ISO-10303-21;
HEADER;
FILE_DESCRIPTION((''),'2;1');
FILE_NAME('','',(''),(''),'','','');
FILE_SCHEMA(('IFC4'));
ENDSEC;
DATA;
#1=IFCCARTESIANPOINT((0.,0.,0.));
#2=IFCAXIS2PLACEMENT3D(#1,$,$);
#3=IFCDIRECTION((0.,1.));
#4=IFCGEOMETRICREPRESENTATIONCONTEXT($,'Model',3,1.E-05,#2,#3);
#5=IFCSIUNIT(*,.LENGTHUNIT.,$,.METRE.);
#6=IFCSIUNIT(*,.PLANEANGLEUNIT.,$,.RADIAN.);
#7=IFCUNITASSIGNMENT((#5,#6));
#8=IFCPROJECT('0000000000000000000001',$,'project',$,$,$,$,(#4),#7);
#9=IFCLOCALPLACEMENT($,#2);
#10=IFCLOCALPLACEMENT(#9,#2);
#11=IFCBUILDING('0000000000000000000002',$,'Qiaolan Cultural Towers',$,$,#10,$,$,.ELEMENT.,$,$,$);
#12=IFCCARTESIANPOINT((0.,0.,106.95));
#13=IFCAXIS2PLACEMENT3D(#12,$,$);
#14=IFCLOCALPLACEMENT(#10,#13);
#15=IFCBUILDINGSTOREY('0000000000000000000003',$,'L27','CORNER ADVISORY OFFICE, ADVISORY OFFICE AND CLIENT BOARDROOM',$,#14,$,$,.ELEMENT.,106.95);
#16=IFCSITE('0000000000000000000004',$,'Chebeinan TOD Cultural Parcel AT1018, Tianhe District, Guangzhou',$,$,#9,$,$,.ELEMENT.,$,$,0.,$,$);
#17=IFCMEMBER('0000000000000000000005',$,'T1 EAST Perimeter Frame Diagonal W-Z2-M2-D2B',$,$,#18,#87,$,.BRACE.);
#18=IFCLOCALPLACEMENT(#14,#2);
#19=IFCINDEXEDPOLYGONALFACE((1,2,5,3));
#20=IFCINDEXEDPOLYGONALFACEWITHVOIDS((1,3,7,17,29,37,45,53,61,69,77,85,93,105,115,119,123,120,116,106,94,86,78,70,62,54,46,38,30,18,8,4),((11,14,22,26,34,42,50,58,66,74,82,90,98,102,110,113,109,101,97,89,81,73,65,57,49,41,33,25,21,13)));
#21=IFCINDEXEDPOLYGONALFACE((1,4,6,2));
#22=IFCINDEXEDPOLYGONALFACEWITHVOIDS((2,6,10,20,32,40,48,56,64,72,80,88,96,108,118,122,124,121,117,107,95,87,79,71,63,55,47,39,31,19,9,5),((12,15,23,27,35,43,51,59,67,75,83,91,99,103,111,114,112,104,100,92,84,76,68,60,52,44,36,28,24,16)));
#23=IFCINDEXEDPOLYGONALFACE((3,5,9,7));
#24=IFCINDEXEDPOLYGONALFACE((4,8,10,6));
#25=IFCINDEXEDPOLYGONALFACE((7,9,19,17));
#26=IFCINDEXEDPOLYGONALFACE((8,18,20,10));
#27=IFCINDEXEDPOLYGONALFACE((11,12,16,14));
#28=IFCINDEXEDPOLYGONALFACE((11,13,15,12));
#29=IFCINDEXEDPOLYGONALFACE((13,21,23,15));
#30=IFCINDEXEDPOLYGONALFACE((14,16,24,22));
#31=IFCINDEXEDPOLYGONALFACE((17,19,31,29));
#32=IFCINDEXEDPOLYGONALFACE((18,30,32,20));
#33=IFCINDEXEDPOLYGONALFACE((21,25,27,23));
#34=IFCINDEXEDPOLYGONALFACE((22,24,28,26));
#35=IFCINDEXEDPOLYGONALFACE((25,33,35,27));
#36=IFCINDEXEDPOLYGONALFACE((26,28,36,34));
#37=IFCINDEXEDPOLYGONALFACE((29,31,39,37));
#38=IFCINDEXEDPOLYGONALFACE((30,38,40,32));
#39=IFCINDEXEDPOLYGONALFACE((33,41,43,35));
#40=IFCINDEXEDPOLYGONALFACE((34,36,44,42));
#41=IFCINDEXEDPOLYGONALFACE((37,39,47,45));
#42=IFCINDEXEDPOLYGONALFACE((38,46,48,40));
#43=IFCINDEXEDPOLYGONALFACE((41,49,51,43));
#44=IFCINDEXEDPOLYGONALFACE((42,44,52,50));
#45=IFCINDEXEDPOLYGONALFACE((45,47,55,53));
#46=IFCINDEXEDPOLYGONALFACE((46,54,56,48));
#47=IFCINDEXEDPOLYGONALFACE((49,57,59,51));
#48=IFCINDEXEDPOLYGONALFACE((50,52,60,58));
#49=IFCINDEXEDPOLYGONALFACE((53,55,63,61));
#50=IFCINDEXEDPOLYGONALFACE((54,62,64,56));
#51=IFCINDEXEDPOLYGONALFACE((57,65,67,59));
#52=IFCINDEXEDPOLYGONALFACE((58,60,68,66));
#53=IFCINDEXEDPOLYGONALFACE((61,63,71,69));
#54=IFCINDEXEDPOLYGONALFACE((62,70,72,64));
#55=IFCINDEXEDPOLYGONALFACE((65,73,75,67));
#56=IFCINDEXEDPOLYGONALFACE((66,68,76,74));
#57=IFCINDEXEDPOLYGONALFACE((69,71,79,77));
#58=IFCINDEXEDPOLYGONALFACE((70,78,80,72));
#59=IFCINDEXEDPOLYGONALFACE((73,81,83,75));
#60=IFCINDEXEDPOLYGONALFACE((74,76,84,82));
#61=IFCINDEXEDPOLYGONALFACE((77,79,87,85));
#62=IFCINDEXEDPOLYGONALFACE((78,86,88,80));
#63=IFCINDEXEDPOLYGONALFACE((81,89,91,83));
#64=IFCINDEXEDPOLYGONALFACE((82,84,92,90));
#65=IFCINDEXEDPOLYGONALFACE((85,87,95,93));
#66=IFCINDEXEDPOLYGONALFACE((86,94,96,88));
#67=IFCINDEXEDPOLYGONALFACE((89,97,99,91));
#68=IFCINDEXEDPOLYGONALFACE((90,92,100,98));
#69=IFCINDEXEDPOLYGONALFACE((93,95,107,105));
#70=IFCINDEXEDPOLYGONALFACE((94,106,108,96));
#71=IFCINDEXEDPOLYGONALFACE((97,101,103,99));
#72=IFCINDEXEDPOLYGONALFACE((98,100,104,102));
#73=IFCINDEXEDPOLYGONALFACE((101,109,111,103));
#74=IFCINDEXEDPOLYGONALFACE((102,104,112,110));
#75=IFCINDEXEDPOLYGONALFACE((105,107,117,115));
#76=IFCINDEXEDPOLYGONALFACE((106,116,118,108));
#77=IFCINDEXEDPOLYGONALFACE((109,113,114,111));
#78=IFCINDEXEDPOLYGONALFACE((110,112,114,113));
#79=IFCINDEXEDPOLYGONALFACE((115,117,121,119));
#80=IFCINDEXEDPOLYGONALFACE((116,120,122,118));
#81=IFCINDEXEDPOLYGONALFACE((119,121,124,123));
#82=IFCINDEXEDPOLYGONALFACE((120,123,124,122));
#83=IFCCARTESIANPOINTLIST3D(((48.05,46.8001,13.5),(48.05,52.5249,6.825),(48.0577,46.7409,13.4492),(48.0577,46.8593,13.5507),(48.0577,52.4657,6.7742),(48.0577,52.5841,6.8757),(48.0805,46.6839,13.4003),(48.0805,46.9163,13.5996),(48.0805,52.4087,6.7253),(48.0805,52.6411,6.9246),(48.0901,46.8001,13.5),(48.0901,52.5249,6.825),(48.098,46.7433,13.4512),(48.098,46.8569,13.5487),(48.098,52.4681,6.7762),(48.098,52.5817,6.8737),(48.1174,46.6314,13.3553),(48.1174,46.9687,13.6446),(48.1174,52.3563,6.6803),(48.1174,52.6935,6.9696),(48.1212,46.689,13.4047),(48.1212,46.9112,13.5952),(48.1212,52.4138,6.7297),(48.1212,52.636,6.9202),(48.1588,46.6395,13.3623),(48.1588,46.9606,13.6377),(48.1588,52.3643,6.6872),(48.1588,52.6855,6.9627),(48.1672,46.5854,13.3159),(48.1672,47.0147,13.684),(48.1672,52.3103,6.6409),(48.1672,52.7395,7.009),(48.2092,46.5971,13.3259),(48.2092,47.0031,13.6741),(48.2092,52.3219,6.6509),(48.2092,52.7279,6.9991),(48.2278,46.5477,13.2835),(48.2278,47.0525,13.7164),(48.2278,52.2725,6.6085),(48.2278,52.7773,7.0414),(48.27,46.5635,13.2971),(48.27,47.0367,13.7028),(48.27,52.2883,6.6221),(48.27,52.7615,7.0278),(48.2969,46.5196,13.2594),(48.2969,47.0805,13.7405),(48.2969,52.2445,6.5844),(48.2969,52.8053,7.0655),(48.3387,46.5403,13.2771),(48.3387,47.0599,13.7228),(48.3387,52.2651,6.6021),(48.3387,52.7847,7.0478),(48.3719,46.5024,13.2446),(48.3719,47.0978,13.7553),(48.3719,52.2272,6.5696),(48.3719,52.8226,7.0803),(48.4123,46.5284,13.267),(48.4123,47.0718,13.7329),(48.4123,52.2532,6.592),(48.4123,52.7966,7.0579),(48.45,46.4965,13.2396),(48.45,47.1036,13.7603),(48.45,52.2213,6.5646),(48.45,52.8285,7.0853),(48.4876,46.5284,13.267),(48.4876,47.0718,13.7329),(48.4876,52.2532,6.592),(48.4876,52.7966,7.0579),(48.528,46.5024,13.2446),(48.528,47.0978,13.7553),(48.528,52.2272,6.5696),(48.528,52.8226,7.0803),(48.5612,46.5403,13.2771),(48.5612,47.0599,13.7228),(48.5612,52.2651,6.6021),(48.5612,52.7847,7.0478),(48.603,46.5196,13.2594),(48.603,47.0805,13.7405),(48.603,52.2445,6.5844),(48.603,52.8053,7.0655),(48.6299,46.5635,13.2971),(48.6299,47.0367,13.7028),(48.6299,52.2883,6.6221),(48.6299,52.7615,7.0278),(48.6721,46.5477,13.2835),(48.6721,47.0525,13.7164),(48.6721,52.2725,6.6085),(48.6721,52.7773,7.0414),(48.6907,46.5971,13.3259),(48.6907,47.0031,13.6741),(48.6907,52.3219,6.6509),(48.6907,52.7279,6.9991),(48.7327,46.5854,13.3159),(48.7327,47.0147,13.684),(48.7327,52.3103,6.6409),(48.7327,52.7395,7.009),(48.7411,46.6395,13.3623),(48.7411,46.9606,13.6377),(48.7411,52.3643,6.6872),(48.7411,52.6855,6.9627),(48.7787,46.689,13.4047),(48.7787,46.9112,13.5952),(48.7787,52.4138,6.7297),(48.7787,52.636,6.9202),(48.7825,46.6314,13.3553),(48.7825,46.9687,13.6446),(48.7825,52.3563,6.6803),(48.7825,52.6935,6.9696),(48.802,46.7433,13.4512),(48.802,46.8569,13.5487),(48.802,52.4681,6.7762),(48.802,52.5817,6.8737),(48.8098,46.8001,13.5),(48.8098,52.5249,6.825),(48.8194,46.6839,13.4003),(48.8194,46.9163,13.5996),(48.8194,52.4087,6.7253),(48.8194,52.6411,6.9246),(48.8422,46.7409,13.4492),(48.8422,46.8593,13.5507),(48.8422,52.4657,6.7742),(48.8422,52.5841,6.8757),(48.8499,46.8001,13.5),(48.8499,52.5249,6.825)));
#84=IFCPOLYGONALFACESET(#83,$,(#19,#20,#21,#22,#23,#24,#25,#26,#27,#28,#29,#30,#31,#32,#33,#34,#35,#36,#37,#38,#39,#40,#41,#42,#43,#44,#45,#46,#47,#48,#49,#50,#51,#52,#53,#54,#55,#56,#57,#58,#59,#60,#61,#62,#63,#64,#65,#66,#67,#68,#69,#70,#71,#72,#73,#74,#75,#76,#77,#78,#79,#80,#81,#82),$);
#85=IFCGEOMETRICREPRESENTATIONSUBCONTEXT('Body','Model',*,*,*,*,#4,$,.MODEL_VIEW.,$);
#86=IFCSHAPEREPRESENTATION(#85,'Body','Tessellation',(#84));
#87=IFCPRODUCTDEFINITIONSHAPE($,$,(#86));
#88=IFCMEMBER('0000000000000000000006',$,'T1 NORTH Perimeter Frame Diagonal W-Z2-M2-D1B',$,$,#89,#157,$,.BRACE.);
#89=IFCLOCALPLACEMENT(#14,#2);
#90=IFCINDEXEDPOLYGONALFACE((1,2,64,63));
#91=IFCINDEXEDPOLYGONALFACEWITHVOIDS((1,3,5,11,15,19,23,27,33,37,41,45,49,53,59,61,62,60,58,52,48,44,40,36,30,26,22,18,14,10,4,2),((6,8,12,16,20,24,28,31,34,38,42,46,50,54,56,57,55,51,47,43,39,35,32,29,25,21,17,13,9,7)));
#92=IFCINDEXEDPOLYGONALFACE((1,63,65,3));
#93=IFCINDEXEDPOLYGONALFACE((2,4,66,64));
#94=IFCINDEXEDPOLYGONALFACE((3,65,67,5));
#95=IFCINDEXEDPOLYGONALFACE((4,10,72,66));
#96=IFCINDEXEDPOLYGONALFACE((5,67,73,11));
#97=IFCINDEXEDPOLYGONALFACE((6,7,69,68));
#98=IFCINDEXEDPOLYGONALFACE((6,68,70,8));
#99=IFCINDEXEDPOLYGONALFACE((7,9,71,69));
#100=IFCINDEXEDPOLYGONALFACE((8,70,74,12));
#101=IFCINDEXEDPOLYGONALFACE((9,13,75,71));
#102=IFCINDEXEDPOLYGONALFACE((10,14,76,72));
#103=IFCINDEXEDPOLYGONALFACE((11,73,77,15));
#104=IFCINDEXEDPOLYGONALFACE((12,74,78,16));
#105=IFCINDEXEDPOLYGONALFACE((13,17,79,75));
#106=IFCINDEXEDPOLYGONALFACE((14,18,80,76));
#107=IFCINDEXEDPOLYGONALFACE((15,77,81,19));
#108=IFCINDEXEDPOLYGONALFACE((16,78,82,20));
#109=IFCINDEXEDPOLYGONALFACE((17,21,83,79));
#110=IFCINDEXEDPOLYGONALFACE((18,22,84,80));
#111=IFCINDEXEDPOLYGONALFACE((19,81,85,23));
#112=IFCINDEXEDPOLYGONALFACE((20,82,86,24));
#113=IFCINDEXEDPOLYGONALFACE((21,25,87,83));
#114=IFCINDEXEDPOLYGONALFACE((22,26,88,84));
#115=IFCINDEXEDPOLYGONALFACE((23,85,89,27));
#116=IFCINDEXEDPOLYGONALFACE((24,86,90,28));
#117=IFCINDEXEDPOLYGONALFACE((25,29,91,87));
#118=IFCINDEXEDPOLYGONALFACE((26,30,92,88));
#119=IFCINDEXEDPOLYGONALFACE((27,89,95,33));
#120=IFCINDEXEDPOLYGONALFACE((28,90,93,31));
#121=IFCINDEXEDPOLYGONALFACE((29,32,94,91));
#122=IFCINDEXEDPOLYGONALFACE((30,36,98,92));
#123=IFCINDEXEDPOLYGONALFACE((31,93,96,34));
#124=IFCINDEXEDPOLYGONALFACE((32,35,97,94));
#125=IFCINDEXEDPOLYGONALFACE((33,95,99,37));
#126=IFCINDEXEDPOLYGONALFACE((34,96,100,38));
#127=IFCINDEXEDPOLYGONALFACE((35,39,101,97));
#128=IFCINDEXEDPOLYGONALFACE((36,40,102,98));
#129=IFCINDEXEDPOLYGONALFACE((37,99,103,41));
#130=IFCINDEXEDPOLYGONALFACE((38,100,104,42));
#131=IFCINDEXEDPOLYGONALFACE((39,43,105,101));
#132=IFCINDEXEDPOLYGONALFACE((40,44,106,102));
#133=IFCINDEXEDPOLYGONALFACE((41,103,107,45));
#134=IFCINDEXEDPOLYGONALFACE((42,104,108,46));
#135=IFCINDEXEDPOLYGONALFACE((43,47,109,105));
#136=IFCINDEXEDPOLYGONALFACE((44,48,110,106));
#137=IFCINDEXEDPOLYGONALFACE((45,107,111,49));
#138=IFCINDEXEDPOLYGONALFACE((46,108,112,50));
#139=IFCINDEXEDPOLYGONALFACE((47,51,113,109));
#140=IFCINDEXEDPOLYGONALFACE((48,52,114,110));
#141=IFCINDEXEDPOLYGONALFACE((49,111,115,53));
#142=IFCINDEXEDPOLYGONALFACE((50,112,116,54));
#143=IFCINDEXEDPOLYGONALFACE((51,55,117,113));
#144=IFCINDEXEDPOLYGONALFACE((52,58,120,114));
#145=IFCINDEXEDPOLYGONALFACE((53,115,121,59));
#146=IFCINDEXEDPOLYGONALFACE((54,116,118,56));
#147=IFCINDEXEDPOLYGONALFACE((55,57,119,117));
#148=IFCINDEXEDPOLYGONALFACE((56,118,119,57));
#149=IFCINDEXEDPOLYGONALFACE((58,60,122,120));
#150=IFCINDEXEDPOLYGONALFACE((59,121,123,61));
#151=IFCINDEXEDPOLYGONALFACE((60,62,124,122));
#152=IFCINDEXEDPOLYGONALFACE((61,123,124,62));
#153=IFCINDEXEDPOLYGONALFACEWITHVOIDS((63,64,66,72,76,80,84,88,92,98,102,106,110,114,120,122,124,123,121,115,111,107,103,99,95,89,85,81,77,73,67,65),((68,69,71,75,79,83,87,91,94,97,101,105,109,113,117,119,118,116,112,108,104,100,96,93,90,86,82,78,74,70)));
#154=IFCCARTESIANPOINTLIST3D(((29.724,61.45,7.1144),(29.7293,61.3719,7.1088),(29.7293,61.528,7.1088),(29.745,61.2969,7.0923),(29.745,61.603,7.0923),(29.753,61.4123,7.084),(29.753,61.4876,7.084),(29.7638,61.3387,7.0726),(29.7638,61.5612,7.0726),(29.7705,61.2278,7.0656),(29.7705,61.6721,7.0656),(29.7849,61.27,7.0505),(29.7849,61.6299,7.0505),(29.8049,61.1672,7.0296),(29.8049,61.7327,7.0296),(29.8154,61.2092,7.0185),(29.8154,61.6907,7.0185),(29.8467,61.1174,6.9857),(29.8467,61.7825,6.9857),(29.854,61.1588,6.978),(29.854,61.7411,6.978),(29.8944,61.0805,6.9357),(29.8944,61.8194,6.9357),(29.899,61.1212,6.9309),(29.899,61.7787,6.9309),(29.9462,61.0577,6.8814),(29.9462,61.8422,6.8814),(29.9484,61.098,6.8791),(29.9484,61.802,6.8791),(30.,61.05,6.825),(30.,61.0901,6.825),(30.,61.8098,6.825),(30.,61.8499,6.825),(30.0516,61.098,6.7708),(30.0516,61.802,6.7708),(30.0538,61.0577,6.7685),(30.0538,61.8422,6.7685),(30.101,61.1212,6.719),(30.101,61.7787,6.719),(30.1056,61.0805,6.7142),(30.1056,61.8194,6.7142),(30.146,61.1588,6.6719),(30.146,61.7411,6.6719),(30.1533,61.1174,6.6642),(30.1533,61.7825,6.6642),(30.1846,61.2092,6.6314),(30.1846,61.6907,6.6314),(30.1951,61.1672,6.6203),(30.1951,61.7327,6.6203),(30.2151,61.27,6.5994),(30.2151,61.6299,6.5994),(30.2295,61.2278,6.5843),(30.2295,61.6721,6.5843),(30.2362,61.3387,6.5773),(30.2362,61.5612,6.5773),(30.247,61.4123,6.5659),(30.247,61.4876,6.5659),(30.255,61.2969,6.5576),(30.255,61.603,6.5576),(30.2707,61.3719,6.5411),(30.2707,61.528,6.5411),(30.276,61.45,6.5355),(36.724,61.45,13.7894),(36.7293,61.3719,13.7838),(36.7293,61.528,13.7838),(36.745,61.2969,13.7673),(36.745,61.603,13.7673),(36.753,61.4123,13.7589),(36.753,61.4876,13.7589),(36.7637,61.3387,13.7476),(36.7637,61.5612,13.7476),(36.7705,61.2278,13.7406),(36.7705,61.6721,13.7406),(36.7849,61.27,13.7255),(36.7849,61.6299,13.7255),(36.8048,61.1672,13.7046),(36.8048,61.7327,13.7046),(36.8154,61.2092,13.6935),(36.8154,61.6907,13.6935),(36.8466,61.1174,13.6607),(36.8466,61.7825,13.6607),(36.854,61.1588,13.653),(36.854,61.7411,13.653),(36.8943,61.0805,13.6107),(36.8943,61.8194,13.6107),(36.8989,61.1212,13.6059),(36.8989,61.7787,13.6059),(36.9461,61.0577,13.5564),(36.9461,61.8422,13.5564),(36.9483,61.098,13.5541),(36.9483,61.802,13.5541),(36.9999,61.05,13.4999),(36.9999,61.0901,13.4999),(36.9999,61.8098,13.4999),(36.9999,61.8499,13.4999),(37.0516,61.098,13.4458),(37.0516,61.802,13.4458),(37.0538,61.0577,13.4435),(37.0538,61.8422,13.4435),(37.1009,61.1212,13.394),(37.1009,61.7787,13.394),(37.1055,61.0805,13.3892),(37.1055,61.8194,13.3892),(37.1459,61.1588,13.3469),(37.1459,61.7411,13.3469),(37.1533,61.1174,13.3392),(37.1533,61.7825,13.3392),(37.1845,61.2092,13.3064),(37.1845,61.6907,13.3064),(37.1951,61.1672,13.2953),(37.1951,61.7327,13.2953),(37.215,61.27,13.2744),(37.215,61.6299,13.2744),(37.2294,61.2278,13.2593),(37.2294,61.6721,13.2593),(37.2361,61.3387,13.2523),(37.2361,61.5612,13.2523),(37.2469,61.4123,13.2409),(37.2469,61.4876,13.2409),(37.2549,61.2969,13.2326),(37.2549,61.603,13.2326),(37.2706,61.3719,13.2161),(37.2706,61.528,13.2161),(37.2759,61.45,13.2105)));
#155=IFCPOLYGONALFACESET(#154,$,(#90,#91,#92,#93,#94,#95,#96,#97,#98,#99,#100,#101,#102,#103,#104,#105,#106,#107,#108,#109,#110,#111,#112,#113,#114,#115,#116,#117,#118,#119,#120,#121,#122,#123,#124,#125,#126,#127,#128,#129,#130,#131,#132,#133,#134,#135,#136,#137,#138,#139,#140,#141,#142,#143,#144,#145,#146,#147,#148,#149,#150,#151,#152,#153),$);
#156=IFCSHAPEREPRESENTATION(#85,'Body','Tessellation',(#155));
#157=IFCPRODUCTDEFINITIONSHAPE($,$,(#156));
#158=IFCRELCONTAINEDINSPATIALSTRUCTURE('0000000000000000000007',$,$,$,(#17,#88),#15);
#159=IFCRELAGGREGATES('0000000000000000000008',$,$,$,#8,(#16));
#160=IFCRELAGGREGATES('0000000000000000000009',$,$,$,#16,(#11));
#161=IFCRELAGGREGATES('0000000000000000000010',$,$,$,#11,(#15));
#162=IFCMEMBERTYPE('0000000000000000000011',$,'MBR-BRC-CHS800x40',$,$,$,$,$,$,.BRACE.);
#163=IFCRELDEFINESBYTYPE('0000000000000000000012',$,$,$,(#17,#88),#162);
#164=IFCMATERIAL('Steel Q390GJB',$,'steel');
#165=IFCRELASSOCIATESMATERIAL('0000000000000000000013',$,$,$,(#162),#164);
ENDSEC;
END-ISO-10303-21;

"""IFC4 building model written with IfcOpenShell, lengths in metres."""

from ifc_helpers import new_model, si_unit, direction, frame, origin, origin_2d, place, context, subcontext, project, spatial, hollow_circle, extrude, material, material_profile, profile_set, type_object, element, save


model = new_model("IFC4")

# Units and contexts
model_context = context("Model", 3, precision=1e-05, world=origin(), true_north=direction((0.0, 1.0)))
body_context = subcontext(model_context, "Body", "Model", "MODEL_VIEW")
ifc_project = project(units=[si_unit("LENGTHUNIT", "METRE"), si_unit("PLANEANGLEUNIT", "RADIAN")], contexts=[model_context])

# Site, building, storey
site_placement = place(None, origin())
site = spatial("IfcSite", under=ifc_project, at=site_placement, Name="Chebeinan TOD Cultural Parcel AT1018, Tianhe District, Guangzhou", CompositionType="ELEMENT", RefElevation=0.0)
building_placement = place(site_placement, origin())
building = spatial("IfcBuilding", under=site, at=building_placement, Name="Qiaolan Cultural Towers", CompositionType="ELEMENT")
storey_placement = place(building_placement, frame((0.0, 0.0, 106.95)))
storey = spatial("IfcBuildingStorey", under=building, at=storey_placement, Name="L27", Description="CORNER ADVISORY OFFICE, ADVISORY OFFICE AND CLIENT BOARDROOM", CompositionType="ELEMENT", Elevation=106.95)

# Members
ifc_material_1 = material(Name="Steel Q390GJB", Category="steel")
ifc_material_profile_1 = material_profile(ifc_material_1, hollow_circle(Radius=0.3999, WallThickness=0.04, at=origin_2d()), Name="CHS800x40")
ifc_profile_set_1 = profile_set([ifc_material_profile_1], Name="Steel Q390GJB")
member_type = type_object("IfcMemberType", Name="MBR-BRC-CHS800x40", PredefinedType="BRACE", material=ifc_profile_set_1)
for number, where, z_axis, x_axis, name in (
    (1, (48.45, 52.5249, 6.825), (0.0, -0.651013, 0.759066), (1.0, 0.0, 0.0), "T1 EAST Perimeter Frame Diagonal W-Z2-M2-D2B"),
):
    element("IfcMember", number, at=place(storey_placement, frame(where, z_axis=z_axis, x_axis=x_axis)), inside=storey, type_object=member_type, Name=name, PredefinedType="BRACE", context=body_context, shape_type="SweptSolid", body=[
        extrude(hollow_circle(Radius=0.3999, WallThickness=0.04, at=origin_2d()), origin(), (0.0, 0.0, 1.0), 8.7937),
    ])
for number, where, z_axis, x_axis, name in (
    (2, (30.0, 61.45, 6.825), (0.723705, 0.0, 0.690109), (0.0, 1.0, 0.0), "T1 NORTH Perimeter Frame Diagonal W-Z2-M2-D1B"),
):
    element("IfcMember", number, at=place(storey_placement, frame(where, z_axis=z_axis, x_axis=x_axis)), inside=storey, type_object=member_type, Name=name, PredefinedType="BRACE", context=body_context, shape_type="SweptSolid", body=[
        extrude(hollow_circle(Radius=0.3999, WallThickness=0.04, at=origin_2d()), origin(), (0.0, 0.0, 1.0), 9.6724),
    ])

save(model, "model.ifc")
